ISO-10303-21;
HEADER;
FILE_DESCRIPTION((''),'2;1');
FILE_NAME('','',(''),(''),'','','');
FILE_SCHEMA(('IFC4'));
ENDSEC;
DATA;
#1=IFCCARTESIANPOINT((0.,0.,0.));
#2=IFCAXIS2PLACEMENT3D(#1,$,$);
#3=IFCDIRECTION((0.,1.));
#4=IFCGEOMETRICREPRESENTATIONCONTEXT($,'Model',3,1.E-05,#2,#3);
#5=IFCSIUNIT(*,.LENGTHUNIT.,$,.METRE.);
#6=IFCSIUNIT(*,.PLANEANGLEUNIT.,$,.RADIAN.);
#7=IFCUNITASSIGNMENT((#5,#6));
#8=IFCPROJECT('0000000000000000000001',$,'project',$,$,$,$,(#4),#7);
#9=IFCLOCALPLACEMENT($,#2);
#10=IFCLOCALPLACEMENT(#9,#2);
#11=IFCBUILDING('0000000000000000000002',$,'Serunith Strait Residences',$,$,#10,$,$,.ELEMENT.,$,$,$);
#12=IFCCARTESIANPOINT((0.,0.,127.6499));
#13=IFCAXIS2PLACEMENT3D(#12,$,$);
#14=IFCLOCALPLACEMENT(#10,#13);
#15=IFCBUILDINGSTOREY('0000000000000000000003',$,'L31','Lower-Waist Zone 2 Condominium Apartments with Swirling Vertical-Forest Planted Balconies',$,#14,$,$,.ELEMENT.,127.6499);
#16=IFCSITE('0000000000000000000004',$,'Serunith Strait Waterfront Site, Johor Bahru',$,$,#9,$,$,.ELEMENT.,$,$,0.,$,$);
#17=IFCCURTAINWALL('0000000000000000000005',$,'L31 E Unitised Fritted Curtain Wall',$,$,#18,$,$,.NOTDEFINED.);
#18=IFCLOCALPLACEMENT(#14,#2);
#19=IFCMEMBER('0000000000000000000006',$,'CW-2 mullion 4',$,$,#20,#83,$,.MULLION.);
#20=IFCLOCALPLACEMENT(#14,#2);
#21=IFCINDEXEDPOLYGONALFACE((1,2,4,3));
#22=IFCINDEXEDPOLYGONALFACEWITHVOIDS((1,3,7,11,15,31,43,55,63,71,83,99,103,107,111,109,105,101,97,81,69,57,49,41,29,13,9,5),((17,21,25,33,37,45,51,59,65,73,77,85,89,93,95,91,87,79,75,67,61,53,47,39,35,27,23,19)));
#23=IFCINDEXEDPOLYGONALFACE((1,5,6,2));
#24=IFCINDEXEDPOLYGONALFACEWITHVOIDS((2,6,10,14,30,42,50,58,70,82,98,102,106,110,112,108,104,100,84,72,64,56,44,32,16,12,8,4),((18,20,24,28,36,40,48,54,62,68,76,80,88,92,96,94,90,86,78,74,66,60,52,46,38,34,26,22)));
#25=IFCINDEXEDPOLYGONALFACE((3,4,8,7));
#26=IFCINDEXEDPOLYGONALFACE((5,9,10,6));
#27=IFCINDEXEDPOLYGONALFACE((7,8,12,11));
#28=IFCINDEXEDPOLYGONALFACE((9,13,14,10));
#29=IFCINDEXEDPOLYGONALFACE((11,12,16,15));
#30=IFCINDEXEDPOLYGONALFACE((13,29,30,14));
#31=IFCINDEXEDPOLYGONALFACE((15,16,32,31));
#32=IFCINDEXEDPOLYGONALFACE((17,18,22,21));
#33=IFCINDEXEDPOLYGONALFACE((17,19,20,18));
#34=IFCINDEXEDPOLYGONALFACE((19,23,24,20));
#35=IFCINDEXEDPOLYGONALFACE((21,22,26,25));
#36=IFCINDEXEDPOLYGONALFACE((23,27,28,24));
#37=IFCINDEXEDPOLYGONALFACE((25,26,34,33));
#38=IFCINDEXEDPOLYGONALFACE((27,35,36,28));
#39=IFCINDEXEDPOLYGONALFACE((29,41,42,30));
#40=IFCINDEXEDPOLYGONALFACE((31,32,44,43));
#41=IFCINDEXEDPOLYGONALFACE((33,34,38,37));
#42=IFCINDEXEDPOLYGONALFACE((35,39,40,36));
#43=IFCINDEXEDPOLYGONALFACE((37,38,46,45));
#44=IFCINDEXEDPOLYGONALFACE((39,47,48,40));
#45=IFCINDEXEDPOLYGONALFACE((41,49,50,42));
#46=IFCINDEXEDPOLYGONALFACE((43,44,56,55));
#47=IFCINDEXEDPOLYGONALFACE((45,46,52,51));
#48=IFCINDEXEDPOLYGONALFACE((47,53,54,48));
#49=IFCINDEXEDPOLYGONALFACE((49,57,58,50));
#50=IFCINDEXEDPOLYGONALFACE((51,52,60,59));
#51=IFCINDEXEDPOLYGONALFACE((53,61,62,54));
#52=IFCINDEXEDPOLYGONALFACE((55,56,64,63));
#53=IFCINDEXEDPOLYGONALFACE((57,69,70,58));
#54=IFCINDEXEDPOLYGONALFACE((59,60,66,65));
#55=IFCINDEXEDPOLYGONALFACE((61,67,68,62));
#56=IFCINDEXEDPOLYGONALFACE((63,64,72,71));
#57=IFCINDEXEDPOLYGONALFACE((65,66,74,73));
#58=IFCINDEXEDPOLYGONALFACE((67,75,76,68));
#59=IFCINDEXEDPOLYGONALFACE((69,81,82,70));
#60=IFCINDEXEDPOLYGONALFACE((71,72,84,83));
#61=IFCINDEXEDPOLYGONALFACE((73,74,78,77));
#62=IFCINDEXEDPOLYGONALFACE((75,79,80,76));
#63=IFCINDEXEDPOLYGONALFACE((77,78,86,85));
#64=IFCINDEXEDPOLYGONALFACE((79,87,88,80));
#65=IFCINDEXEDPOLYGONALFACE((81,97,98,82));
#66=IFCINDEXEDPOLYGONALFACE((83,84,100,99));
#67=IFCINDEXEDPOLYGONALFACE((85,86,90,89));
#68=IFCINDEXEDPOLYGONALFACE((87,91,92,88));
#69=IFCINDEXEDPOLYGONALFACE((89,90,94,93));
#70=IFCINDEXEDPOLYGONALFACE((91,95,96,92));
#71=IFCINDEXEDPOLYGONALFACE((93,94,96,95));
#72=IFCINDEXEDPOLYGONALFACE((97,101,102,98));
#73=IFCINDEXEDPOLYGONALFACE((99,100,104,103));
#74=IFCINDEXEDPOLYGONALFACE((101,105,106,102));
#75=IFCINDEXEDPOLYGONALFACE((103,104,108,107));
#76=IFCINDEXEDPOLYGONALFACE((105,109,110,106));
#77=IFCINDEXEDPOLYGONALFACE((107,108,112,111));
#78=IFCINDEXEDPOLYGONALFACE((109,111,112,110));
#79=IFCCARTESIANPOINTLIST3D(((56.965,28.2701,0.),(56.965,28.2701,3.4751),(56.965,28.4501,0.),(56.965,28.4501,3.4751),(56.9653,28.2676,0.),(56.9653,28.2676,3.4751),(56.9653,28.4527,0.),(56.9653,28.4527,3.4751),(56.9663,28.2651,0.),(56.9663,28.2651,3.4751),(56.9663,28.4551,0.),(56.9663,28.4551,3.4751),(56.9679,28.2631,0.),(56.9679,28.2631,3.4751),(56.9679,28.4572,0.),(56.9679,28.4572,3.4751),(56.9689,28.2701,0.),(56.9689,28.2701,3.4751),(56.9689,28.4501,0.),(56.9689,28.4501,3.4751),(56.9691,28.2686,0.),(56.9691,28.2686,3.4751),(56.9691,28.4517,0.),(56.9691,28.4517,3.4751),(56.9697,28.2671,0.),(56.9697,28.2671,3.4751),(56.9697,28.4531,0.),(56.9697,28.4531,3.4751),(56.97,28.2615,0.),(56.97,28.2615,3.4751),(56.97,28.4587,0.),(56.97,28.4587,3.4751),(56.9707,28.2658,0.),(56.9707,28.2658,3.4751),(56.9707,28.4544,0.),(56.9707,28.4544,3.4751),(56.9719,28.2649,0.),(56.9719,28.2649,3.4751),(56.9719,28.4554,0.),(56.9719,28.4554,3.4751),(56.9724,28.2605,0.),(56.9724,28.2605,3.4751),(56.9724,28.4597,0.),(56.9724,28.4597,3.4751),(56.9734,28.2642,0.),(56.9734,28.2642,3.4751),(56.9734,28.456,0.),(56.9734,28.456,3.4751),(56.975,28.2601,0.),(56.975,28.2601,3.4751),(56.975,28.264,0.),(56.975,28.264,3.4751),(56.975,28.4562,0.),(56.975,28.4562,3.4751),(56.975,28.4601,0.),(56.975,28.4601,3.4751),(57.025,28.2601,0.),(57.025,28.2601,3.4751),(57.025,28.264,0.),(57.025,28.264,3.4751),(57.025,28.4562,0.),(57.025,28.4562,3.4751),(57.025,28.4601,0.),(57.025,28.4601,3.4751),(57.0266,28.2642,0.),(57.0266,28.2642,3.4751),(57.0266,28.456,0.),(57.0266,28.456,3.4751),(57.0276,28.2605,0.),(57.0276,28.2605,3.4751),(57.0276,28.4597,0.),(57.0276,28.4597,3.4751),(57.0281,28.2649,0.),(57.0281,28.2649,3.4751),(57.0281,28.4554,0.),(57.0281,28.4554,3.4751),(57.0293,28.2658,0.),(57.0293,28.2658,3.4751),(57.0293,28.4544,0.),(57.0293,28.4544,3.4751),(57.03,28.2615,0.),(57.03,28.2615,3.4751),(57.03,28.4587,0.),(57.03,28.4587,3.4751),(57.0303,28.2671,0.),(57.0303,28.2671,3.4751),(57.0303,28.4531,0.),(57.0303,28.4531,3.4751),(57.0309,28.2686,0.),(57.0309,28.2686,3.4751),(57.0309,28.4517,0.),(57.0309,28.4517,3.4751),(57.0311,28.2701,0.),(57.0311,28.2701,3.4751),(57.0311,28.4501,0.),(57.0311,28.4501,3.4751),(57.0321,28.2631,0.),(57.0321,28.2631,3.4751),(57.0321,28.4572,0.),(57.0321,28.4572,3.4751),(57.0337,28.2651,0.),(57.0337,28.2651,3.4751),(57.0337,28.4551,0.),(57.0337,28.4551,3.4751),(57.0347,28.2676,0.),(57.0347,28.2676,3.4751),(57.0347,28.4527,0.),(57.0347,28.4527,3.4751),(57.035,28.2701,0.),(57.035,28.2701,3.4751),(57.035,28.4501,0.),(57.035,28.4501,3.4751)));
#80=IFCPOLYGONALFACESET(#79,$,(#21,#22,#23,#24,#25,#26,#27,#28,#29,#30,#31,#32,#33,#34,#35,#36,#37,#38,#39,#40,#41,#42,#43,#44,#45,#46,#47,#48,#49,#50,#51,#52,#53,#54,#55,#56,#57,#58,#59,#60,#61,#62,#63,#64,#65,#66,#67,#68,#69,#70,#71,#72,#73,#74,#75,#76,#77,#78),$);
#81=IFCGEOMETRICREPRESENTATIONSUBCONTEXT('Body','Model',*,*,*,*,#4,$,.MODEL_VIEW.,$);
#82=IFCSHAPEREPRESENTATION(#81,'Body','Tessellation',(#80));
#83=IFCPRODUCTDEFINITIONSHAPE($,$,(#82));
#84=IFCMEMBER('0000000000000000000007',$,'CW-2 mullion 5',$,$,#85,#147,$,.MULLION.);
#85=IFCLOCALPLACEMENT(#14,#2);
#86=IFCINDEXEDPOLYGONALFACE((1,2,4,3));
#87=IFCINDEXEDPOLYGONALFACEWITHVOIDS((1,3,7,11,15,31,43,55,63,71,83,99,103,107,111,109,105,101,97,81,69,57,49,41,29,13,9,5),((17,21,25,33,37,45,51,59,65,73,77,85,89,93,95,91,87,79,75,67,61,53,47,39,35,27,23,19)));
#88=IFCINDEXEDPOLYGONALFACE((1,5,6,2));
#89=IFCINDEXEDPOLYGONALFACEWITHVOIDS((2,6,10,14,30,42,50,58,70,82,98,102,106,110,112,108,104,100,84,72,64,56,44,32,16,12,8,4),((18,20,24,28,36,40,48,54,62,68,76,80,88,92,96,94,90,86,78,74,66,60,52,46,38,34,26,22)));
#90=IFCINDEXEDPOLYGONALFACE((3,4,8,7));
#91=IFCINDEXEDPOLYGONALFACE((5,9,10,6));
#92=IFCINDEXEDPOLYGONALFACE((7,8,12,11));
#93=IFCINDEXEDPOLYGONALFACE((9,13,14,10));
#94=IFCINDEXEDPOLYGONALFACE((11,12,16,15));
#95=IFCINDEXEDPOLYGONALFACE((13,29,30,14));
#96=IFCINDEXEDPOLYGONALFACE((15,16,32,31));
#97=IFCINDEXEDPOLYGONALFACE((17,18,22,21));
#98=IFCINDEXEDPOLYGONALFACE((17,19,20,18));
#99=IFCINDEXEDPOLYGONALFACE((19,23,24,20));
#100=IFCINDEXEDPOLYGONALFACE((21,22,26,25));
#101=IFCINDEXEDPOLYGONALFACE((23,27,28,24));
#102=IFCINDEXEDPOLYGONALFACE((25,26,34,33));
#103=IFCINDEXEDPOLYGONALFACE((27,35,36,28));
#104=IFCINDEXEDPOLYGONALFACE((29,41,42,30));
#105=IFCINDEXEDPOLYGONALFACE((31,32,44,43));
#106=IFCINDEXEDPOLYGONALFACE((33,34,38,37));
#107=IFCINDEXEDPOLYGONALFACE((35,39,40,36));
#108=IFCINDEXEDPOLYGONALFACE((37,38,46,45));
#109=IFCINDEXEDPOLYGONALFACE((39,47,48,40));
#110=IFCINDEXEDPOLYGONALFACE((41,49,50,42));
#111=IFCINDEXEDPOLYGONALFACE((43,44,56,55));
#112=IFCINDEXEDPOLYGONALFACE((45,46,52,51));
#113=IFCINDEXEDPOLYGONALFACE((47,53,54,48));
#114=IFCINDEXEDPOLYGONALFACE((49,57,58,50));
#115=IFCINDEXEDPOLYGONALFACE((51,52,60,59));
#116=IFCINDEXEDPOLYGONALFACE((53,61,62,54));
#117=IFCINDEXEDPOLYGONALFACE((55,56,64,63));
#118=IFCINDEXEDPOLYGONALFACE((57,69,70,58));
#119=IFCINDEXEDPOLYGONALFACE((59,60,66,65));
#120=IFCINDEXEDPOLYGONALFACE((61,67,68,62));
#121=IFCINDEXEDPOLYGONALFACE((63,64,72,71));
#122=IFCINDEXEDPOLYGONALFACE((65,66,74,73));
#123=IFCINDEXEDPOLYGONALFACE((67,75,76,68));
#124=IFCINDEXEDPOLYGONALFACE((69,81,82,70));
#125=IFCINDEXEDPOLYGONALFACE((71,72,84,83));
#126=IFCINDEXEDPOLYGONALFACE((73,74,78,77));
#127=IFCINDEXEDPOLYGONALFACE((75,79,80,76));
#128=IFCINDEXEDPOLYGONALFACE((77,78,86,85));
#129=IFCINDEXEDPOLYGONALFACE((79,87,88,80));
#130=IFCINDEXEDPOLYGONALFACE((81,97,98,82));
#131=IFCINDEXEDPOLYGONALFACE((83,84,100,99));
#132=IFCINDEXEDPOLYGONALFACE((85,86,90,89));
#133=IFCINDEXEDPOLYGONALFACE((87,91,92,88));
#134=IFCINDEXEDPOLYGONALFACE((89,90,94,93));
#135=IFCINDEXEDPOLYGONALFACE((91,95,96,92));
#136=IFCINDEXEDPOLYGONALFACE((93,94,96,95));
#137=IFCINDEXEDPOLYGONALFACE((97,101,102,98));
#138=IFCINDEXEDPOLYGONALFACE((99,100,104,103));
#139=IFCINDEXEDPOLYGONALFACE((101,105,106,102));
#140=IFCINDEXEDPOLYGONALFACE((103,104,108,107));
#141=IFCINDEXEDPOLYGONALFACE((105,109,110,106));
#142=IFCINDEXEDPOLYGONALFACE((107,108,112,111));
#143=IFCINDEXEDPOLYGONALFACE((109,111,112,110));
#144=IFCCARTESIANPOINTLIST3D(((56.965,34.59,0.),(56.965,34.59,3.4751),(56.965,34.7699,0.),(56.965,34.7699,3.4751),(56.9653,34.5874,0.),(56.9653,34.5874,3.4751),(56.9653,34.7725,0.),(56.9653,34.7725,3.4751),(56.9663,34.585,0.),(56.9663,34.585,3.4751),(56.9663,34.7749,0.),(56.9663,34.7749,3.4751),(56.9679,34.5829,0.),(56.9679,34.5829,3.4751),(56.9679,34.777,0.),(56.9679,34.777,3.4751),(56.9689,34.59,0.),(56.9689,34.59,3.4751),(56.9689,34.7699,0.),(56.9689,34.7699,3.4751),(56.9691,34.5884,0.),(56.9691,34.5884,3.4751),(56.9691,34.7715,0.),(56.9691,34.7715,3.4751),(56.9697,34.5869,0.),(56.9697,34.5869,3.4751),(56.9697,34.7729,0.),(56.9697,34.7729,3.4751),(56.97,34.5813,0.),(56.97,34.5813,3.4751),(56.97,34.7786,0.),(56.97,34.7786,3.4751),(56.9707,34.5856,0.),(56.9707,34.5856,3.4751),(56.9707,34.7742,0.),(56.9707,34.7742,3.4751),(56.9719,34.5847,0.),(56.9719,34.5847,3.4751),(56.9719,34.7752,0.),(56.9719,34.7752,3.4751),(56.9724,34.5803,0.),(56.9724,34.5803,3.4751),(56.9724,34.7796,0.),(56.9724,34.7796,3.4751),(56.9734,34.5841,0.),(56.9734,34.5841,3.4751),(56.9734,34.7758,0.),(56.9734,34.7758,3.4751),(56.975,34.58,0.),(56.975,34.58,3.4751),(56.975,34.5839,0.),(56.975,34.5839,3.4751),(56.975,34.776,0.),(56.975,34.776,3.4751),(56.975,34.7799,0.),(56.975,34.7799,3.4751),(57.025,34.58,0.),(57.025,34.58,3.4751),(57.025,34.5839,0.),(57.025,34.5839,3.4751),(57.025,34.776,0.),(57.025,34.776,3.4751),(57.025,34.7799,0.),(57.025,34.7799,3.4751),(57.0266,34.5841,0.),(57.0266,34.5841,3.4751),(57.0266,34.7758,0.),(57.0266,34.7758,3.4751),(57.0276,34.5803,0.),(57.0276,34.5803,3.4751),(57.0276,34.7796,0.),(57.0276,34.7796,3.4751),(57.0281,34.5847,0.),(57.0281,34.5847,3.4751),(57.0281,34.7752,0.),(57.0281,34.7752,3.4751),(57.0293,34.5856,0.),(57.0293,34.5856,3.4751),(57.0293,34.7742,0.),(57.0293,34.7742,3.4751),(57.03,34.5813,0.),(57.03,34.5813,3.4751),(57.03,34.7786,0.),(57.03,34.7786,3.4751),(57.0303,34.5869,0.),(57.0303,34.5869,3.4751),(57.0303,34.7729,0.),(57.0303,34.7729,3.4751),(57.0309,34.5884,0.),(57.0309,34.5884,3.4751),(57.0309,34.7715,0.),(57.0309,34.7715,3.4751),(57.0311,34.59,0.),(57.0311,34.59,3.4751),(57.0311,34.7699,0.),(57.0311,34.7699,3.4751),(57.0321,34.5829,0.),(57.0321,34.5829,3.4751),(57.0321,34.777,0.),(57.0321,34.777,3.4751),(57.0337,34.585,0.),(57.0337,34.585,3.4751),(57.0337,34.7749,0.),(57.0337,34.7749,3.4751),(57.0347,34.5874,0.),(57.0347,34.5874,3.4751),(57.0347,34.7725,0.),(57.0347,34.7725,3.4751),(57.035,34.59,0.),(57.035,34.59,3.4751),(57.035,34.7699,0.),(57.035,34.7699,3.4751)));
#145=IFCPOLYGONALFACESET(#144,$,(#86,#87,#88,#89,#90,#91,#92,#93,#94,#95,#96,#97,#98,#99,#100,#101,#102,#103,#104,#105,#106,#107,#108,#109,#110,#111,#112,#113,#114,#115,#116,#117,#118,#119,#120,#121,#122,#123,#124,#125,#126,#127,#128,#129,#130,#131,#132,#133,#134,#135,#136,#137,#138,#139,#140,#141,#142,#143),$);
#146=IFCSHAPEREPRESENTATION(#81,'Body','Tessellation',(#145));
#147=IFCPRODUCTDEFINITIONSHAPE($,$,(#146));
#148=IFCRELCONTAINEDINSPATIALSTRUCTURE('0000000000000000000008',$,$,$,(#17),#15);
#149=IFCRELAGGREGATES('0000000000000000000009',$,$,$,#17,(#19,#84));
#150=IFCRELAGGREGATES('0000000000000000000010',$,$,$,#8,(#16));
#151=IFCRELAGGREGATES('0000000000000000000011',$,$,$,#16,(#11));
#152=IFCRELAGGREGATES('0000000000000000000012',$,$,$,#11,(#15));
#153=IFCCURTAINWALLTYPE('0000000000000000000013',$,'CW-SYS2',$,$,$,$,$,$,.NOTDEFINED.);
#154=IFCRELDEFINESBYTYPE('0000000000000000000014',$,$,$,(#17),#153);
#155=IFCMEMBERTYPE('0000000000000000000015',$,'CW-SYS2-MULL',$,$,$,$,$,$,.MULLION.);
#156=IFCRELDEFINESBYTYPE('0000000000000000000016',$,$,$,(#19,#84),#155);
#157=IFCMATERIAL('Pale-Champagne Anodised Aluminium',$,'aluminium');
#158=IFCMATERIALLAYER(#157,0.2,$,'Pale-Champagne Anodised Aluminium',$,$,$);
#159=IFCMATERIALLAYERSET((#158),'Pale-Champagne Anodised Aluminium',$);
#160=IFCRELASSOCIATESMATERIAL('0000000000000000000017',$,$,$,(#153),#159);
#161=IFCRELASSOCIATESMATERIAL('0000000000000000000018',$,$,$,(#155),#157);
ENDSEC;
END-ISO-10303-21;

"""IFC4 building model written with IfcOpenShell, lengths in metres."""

from ifc_helpers import new_model, si_unit, direction, frame, origin, origin_2d, place, context, subcontext, project, spatial, hollow_rectangle, extrude, source, transform, mapped, material, layer, layer_set, material_profile, profile_set, type_object, element, aggregate, save


model = new_model("IFC4")

# Units and contexts
model_context = context("Model", 3, precision=1e-05, world=origin(), true_north=direction((0.0, 1.0)))
body_context = subcontext(model_context, "Body", "Model", "MODEL_VIEW")
ifc_project = project(units=[si_unit("LENGTHUNIT", "METRE"), si_unit("PLANEANGLEUNIT", "RADIAN")], contexts=[model_context])

# Site, building, storey
site_placement = place(None, origin())
site = spatial("IfcSite", under=ifc_project, at=site_placement, Name="Serunith Strait Waterfront Site, Johor Bahru", CompositionType="ELEMENT", RefElevation=0.0)
building_placement = place(site_placement, origin())
building = spatial("IfcBuilding", under=site, at=building_placement, Name="Serunith Strait Residences", CompositionType="ELEMENT")
storey_placement = place(building_placement, frame((0.0, 0.0, 127.6499)))
storey = spatial("IfcBuildingStorey", under=building, at=storey_placement, Name="L31", Description="Lower-Waist Zone 2 Condominium Apartments with Swirling Vertical-Forest Planted Balconies", CompositionType="ELEMENT", Elevation=127.6499)

# Curtain wall, members
ifc_material_1 = material(Name="Pale-Champagne Anodised Aluminium", Category="aluminium")
ifc_layer_1 = layer(ifc_material_1, 0.2, Name="Pale-Champagne Anodised Aluminium")
ifc_layer_set_1 = layer_set([ifc_layer_1], Name="Pale-Champagne Anodised Aluminium")
curtain_wall_type = type_object("IfcCurtainWallType", Name="CW-SYS2", PredefinedType="NOTDEFINED", material=ifc_layer_set_1)
curtain_wall_placement = place(storey_placement, origin())
curtain_wall = element("IfcCurtainWall", 1, at=curtain_wall_placement, inside=storey, type_object=curtain_wall_type, Name="L31 E Unitised Fritted Curtain Wall", PredefinedType="NOTDEFINED")
ifc_material_profile_1 = material_profile(ifc_material_1, hollow_rectangle(XDim=0.0701, YDim=0.2, WallThickness=0.0039, InnerFilletRadius=0.0061, OuterFilletRadius=0.01, at=origin_2d()), Name="ALU 200x70x4")
ifc_profile_set_1 = profile_set([ifc_material_profile_1], Name="Pale-Champagne Anodised Aluminium")
member_type_1 = type_object("IfcMemberType", Name="CW-SYS2-MULL", PredefinedType="MULLION", material=ifc_profile_set_1)
shared_shape_1 = source(origin(), body_context, "Body", "SweptSolid", [
    extrude(hollow_rectangle(XDim=0.0701, YDim=0.2, WallThickness=0.0039, InnerFilletRadius=0.0061, OuterFilletRadius=0.01, at=origin_2d()), origin(), (0.0, 0.0, 1.0), 3.4751),
])
member_1_placement = place(storey_placement, frame((57.0, 28.3601, 0.0), z_axis=(0.0, 0.0, 1.0), x_axis=(-1.0, 0.0, 0.0)))
member_1 = element("IfcMember", 2, at=member_1_placement, type_object=member_type_1, Name="CW-2 mullion 4", PredefinedType="MULLION", context=body_context, shape_type="MappedRepresentation", body=[
    mapped(shared_shape_1, transform((0.0, 0.0, 0.0), scale=1.0)),
])
member_2_placement = place(storey_placement, frame((57.0, 34.6799, 0.0), z_axis=(0.0, 0.0, 1.0), x_axis=(-1.0, 0.0, 0.0)))
member_2 = element("IfcMember", 3, at=member_2_placement, type_object=member_type_1, Name="CW-2 mullion 5", PredefinedType="MULLION", context=body_context, shape_type="MappedRepresentation", body=[
    mapped(shared_shape_1, transform((0.0, 0.0, 0.0), scale=1.0)),
])
aggregate(curtain_wall, [member_1, member_2])

save(model, "model.ifc")
